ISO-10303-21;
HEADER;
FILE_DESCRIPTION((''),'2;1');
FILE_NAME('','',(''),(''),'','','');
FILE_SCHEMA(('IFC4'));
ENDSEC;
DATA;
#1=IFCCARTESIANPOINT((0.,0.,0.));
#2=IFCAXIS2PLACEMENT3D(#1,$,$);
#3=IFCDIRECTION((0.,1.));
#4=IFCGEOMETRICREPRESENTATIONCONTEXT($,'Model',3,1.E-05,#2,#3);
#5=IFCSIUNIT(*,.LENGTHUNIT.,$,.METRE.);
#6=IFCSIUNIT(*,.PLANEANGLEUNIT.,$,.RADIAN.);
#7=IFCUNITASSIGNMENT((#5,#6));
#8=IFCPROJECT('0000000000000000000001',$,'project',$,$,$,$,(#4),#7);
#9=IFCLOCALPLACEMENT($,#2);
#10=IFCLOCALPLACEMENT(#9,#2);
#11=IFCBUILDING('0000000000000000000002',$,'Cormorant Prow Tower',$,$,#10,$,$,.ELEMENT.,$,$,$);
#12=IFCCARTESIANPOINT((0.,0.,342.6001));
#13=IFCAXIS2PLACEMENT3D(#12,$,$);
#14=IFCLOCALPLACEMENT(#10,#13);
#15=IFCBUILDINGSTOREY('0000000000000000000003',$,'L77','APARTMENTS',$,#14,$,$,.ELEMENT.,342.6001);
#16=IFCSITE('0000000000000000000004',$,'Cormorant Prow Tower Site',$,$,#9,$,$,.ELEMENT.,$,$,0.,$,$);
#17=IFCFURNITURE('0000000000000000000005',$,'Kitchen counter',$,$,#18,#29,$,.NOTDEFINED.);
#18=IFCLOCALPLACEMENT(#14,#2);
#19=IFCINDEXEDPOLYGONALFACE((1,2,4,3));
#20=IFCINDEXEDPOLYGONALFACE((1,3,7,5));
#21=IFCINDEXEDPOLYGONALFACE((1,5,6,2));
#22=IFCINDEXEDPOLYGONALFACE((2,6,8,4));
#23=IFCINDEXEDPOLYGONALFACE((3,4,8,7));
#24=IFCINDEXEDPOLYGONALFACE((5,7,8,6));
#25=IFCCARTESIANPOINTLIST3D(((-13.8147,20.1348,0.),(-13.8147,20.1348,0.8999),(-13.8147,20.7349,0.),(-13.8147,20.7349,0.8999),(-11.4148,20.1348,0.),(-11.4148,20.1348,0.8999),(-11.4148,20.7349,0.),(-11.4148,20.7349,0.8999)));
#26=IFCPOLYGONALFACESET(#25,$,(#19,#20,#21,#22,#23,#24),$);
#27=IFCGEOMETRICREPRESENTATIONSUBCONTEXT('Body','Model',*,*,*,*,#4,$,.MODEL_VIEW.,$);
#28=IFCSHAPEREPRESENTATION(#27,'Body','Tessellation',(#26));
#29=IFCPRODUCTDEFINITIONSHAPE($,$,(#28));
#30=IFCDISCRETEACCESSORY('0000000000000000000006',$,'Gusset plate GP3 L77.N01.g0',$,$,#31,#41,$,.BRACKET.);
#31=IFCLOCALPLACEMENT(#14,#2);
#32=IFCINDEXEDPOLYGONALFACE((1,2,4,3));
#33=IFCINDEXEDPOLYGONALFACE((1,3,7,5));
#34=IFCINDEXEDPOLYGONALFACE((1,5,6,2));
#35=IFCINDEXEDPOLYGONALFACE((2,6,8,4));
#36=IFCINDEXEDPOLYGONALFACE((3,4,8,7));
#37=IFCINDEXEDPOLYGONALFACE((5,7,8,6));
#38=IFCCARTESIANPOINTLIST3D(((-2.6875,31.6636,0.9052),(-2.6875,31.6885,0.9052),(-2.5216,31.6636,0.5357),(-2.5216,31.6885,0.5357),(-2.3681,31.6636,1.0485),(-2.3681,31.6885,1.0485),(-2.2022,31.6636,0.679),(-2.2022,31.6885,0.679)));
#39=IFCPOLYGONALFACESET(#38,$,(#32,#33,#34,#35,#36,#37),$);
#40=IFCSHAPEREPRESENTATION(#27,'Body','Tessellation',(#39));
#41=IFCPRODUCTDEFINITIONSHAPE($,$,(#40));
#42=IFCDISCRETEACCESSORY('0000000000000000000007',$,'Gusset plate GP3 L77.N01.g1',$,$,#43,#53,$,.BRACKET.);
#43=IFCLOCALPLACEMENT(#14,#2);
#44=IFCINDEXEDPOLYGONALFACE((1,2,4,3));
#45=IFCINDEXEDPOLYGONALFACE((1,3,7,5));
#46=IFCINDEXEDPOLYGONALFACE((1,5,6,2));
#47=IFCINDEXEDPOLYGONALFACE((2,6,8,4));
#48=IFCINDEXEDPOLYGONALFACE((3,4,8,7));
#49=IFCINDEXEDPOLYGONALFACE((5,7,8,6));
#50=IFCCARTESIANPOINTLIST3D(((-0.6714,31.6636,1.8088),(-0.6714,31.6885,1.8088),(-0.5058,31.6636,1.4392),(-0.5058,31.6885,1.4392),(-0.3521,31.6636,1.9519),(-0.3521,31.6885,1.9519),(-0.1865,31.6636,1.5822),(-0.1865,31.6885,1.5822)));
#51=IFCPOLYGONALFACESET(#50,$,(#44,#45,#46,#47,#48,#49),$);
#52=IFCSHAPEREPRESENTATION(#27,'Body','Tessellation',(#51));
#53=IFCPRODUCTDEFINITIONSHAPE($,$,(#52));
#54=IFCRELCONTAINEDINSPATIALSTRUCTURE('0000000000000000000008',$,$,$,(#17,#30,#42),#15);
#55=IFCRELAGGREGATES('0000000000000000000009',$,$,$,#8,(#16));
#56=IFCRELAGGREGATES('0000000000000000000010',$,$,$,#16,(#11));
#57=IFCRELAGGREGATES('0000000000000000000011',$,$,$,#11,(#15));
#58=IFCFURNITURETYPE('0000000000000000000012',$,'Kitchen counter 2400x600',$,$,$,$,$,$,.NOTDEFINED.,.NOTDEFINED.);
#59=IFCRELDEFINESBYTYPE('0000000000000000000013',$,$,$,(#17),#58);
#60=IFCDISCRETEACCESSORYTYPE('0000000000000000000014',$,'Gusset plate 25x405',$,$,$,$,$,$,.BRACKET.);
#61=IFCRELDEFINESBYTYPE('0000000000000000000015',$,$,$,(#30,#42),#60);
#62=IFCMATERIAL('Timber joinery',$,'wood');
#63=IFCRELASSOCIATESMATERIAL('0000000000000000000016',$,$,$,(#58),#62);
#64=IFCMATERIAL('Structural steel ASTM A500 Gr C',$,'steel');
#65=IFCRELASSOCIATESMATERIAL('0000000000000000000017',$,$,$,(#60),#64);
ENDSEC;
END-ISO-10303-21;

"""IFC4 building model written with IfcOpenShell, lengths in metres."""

from ifc_helpers import new_model, si_unit, direction, frame, origin, origin_2d, place, context, subcontext, project, spatial, rectangle, extrude, material, material_profile, profile_set, type_object, element, save


model = new_model("IFC4")

# Units and contexts
model_context = context("Model", 3, precision=1e-05, world=origin(), true_north=direction((0.0, 1.0)))
body_context = subcontext(model_context, "Body", "Model", "MODEL_VIEW")
ifc_project = project(units=[si_unit("LENGTHUNIT", "METRE"), si_unit("PLANEANGLEUNIT", "RADIAN")], contexts=[model_context])

# Site, building, storey
site_placement = place(None, origin())
site = spatial("IfcSite", under=ifc_project, at=site_placement, Name="Cormorant Prow Tower Site", CompositionType="ELEMENT", RefElevation=0.0)
building_placement = place(site_placement, origin())
building = spatial("IfcBuilding", under=site, at=building_placement, Name="Cormorant Prow Tower", CompositionType="ELEMENT")
storey_placement = place(building_placement, frame((0.0, 0.0, 342.6001)))
storey = spatial("IfcBuildingStorey", under=building, at=storey_placement, Name="L77", Description="APARTMENTS", CompositionType="ELEMENT", Elevation=342.6001)

# Furniture
ifc_material_1 = material(Name="Timber joinery", Category="wood")
furniture_type = type_object("IfcFurnitureType", Name="Kitchen counter 2400x600", AssemblyPlace="NOTDEFINED", PredefinedType="NOTDEFINED", material=ifc_material_1)
furniture_placement = place(storey_placement, frame((-12.6147, 20.4348, 0.0), z_axis=(0.0, 0.0, 1.0), x_axis=(1.0, 0.0, 0.0)))
element("IfcFurniture", 1, at=furniture_placement, inside=storey, type_object=furniture_type, Name="Kitchen counter", PredefinedType="NOTDEFINED", context=body_context, shape_type="SweptSolid", body=[
    extrude(rectangle(XDim=2.3999, YDim=0.6001, at=origin_2d()), origin(), (0.0, 0.0, 1.0), 0.8999),
])

# Discrete accessories
ifc_material_2 = material(Name="Structural steel ASTM A500 Gr C", Category="steel")
ifc_material_profile_1 = material_profile(ifc_material_2, rectangle(XDim=0.0249, YDim=0.405, at=origin_2d()), Name="Gusset plate 25x405")
ifc_profile_set_1 = profile_set([ifc_material_profile_1], Name="Structural steel ASTM A500 Gr C")
discrete_accessory_type = type_object("IfcDiscreteAccessoryType", Name="Gusset plate 25x405", PredefinedType="BRACKET", material=ifc_profile_set_1)
discrete_accessory_1_placement = place(storey_placement, frame((-2.2852, 31.676, 0.8638), z_axis=(-0.912339, 0.0, -0.409436), x_axis=(0.0, -1.0, 0.0)))
element("IfcDiscreteAccessory", 2, at=discrete_accessory_1_placement, inside=storey, type_object=discrete_accessory_type, Name="Gusset plate GP3 L77.N01.g0", PredefinedType="BRACKET", context=body_context, shape_type="SweptSolid", body=[
    extrude(rectangle(XDim=0.0249, YDim=0.405, at=origin_2d()), origin(), (0.0, 0.0, 1.0), 0.3501),
])
discrete_accessory_2_placement = place(storey_placement, frame((-0.5886, 31.676, 1.624), z_axis=(0.912599, 0.0, 0.408856), x_axis=(0.0, 1.0, 0.0)))
element("IfcDiscreteAccessory", 3, at=discrete_accessory_2_placement, inside=storey, type_object=discrete_accessory_type, Name="Gusset plate GP3 L77.N01.g1", PredefinedType="BRACKET", context=body_context, shape_type="SweptSolid", body=[
    extrude(rectangle(XDim=0.0249, YDim=0.405, at=origin_2d()), origin(), (0.0, 0.0, 1.0), 0.3499),
])

save(model, "model.ifc")
